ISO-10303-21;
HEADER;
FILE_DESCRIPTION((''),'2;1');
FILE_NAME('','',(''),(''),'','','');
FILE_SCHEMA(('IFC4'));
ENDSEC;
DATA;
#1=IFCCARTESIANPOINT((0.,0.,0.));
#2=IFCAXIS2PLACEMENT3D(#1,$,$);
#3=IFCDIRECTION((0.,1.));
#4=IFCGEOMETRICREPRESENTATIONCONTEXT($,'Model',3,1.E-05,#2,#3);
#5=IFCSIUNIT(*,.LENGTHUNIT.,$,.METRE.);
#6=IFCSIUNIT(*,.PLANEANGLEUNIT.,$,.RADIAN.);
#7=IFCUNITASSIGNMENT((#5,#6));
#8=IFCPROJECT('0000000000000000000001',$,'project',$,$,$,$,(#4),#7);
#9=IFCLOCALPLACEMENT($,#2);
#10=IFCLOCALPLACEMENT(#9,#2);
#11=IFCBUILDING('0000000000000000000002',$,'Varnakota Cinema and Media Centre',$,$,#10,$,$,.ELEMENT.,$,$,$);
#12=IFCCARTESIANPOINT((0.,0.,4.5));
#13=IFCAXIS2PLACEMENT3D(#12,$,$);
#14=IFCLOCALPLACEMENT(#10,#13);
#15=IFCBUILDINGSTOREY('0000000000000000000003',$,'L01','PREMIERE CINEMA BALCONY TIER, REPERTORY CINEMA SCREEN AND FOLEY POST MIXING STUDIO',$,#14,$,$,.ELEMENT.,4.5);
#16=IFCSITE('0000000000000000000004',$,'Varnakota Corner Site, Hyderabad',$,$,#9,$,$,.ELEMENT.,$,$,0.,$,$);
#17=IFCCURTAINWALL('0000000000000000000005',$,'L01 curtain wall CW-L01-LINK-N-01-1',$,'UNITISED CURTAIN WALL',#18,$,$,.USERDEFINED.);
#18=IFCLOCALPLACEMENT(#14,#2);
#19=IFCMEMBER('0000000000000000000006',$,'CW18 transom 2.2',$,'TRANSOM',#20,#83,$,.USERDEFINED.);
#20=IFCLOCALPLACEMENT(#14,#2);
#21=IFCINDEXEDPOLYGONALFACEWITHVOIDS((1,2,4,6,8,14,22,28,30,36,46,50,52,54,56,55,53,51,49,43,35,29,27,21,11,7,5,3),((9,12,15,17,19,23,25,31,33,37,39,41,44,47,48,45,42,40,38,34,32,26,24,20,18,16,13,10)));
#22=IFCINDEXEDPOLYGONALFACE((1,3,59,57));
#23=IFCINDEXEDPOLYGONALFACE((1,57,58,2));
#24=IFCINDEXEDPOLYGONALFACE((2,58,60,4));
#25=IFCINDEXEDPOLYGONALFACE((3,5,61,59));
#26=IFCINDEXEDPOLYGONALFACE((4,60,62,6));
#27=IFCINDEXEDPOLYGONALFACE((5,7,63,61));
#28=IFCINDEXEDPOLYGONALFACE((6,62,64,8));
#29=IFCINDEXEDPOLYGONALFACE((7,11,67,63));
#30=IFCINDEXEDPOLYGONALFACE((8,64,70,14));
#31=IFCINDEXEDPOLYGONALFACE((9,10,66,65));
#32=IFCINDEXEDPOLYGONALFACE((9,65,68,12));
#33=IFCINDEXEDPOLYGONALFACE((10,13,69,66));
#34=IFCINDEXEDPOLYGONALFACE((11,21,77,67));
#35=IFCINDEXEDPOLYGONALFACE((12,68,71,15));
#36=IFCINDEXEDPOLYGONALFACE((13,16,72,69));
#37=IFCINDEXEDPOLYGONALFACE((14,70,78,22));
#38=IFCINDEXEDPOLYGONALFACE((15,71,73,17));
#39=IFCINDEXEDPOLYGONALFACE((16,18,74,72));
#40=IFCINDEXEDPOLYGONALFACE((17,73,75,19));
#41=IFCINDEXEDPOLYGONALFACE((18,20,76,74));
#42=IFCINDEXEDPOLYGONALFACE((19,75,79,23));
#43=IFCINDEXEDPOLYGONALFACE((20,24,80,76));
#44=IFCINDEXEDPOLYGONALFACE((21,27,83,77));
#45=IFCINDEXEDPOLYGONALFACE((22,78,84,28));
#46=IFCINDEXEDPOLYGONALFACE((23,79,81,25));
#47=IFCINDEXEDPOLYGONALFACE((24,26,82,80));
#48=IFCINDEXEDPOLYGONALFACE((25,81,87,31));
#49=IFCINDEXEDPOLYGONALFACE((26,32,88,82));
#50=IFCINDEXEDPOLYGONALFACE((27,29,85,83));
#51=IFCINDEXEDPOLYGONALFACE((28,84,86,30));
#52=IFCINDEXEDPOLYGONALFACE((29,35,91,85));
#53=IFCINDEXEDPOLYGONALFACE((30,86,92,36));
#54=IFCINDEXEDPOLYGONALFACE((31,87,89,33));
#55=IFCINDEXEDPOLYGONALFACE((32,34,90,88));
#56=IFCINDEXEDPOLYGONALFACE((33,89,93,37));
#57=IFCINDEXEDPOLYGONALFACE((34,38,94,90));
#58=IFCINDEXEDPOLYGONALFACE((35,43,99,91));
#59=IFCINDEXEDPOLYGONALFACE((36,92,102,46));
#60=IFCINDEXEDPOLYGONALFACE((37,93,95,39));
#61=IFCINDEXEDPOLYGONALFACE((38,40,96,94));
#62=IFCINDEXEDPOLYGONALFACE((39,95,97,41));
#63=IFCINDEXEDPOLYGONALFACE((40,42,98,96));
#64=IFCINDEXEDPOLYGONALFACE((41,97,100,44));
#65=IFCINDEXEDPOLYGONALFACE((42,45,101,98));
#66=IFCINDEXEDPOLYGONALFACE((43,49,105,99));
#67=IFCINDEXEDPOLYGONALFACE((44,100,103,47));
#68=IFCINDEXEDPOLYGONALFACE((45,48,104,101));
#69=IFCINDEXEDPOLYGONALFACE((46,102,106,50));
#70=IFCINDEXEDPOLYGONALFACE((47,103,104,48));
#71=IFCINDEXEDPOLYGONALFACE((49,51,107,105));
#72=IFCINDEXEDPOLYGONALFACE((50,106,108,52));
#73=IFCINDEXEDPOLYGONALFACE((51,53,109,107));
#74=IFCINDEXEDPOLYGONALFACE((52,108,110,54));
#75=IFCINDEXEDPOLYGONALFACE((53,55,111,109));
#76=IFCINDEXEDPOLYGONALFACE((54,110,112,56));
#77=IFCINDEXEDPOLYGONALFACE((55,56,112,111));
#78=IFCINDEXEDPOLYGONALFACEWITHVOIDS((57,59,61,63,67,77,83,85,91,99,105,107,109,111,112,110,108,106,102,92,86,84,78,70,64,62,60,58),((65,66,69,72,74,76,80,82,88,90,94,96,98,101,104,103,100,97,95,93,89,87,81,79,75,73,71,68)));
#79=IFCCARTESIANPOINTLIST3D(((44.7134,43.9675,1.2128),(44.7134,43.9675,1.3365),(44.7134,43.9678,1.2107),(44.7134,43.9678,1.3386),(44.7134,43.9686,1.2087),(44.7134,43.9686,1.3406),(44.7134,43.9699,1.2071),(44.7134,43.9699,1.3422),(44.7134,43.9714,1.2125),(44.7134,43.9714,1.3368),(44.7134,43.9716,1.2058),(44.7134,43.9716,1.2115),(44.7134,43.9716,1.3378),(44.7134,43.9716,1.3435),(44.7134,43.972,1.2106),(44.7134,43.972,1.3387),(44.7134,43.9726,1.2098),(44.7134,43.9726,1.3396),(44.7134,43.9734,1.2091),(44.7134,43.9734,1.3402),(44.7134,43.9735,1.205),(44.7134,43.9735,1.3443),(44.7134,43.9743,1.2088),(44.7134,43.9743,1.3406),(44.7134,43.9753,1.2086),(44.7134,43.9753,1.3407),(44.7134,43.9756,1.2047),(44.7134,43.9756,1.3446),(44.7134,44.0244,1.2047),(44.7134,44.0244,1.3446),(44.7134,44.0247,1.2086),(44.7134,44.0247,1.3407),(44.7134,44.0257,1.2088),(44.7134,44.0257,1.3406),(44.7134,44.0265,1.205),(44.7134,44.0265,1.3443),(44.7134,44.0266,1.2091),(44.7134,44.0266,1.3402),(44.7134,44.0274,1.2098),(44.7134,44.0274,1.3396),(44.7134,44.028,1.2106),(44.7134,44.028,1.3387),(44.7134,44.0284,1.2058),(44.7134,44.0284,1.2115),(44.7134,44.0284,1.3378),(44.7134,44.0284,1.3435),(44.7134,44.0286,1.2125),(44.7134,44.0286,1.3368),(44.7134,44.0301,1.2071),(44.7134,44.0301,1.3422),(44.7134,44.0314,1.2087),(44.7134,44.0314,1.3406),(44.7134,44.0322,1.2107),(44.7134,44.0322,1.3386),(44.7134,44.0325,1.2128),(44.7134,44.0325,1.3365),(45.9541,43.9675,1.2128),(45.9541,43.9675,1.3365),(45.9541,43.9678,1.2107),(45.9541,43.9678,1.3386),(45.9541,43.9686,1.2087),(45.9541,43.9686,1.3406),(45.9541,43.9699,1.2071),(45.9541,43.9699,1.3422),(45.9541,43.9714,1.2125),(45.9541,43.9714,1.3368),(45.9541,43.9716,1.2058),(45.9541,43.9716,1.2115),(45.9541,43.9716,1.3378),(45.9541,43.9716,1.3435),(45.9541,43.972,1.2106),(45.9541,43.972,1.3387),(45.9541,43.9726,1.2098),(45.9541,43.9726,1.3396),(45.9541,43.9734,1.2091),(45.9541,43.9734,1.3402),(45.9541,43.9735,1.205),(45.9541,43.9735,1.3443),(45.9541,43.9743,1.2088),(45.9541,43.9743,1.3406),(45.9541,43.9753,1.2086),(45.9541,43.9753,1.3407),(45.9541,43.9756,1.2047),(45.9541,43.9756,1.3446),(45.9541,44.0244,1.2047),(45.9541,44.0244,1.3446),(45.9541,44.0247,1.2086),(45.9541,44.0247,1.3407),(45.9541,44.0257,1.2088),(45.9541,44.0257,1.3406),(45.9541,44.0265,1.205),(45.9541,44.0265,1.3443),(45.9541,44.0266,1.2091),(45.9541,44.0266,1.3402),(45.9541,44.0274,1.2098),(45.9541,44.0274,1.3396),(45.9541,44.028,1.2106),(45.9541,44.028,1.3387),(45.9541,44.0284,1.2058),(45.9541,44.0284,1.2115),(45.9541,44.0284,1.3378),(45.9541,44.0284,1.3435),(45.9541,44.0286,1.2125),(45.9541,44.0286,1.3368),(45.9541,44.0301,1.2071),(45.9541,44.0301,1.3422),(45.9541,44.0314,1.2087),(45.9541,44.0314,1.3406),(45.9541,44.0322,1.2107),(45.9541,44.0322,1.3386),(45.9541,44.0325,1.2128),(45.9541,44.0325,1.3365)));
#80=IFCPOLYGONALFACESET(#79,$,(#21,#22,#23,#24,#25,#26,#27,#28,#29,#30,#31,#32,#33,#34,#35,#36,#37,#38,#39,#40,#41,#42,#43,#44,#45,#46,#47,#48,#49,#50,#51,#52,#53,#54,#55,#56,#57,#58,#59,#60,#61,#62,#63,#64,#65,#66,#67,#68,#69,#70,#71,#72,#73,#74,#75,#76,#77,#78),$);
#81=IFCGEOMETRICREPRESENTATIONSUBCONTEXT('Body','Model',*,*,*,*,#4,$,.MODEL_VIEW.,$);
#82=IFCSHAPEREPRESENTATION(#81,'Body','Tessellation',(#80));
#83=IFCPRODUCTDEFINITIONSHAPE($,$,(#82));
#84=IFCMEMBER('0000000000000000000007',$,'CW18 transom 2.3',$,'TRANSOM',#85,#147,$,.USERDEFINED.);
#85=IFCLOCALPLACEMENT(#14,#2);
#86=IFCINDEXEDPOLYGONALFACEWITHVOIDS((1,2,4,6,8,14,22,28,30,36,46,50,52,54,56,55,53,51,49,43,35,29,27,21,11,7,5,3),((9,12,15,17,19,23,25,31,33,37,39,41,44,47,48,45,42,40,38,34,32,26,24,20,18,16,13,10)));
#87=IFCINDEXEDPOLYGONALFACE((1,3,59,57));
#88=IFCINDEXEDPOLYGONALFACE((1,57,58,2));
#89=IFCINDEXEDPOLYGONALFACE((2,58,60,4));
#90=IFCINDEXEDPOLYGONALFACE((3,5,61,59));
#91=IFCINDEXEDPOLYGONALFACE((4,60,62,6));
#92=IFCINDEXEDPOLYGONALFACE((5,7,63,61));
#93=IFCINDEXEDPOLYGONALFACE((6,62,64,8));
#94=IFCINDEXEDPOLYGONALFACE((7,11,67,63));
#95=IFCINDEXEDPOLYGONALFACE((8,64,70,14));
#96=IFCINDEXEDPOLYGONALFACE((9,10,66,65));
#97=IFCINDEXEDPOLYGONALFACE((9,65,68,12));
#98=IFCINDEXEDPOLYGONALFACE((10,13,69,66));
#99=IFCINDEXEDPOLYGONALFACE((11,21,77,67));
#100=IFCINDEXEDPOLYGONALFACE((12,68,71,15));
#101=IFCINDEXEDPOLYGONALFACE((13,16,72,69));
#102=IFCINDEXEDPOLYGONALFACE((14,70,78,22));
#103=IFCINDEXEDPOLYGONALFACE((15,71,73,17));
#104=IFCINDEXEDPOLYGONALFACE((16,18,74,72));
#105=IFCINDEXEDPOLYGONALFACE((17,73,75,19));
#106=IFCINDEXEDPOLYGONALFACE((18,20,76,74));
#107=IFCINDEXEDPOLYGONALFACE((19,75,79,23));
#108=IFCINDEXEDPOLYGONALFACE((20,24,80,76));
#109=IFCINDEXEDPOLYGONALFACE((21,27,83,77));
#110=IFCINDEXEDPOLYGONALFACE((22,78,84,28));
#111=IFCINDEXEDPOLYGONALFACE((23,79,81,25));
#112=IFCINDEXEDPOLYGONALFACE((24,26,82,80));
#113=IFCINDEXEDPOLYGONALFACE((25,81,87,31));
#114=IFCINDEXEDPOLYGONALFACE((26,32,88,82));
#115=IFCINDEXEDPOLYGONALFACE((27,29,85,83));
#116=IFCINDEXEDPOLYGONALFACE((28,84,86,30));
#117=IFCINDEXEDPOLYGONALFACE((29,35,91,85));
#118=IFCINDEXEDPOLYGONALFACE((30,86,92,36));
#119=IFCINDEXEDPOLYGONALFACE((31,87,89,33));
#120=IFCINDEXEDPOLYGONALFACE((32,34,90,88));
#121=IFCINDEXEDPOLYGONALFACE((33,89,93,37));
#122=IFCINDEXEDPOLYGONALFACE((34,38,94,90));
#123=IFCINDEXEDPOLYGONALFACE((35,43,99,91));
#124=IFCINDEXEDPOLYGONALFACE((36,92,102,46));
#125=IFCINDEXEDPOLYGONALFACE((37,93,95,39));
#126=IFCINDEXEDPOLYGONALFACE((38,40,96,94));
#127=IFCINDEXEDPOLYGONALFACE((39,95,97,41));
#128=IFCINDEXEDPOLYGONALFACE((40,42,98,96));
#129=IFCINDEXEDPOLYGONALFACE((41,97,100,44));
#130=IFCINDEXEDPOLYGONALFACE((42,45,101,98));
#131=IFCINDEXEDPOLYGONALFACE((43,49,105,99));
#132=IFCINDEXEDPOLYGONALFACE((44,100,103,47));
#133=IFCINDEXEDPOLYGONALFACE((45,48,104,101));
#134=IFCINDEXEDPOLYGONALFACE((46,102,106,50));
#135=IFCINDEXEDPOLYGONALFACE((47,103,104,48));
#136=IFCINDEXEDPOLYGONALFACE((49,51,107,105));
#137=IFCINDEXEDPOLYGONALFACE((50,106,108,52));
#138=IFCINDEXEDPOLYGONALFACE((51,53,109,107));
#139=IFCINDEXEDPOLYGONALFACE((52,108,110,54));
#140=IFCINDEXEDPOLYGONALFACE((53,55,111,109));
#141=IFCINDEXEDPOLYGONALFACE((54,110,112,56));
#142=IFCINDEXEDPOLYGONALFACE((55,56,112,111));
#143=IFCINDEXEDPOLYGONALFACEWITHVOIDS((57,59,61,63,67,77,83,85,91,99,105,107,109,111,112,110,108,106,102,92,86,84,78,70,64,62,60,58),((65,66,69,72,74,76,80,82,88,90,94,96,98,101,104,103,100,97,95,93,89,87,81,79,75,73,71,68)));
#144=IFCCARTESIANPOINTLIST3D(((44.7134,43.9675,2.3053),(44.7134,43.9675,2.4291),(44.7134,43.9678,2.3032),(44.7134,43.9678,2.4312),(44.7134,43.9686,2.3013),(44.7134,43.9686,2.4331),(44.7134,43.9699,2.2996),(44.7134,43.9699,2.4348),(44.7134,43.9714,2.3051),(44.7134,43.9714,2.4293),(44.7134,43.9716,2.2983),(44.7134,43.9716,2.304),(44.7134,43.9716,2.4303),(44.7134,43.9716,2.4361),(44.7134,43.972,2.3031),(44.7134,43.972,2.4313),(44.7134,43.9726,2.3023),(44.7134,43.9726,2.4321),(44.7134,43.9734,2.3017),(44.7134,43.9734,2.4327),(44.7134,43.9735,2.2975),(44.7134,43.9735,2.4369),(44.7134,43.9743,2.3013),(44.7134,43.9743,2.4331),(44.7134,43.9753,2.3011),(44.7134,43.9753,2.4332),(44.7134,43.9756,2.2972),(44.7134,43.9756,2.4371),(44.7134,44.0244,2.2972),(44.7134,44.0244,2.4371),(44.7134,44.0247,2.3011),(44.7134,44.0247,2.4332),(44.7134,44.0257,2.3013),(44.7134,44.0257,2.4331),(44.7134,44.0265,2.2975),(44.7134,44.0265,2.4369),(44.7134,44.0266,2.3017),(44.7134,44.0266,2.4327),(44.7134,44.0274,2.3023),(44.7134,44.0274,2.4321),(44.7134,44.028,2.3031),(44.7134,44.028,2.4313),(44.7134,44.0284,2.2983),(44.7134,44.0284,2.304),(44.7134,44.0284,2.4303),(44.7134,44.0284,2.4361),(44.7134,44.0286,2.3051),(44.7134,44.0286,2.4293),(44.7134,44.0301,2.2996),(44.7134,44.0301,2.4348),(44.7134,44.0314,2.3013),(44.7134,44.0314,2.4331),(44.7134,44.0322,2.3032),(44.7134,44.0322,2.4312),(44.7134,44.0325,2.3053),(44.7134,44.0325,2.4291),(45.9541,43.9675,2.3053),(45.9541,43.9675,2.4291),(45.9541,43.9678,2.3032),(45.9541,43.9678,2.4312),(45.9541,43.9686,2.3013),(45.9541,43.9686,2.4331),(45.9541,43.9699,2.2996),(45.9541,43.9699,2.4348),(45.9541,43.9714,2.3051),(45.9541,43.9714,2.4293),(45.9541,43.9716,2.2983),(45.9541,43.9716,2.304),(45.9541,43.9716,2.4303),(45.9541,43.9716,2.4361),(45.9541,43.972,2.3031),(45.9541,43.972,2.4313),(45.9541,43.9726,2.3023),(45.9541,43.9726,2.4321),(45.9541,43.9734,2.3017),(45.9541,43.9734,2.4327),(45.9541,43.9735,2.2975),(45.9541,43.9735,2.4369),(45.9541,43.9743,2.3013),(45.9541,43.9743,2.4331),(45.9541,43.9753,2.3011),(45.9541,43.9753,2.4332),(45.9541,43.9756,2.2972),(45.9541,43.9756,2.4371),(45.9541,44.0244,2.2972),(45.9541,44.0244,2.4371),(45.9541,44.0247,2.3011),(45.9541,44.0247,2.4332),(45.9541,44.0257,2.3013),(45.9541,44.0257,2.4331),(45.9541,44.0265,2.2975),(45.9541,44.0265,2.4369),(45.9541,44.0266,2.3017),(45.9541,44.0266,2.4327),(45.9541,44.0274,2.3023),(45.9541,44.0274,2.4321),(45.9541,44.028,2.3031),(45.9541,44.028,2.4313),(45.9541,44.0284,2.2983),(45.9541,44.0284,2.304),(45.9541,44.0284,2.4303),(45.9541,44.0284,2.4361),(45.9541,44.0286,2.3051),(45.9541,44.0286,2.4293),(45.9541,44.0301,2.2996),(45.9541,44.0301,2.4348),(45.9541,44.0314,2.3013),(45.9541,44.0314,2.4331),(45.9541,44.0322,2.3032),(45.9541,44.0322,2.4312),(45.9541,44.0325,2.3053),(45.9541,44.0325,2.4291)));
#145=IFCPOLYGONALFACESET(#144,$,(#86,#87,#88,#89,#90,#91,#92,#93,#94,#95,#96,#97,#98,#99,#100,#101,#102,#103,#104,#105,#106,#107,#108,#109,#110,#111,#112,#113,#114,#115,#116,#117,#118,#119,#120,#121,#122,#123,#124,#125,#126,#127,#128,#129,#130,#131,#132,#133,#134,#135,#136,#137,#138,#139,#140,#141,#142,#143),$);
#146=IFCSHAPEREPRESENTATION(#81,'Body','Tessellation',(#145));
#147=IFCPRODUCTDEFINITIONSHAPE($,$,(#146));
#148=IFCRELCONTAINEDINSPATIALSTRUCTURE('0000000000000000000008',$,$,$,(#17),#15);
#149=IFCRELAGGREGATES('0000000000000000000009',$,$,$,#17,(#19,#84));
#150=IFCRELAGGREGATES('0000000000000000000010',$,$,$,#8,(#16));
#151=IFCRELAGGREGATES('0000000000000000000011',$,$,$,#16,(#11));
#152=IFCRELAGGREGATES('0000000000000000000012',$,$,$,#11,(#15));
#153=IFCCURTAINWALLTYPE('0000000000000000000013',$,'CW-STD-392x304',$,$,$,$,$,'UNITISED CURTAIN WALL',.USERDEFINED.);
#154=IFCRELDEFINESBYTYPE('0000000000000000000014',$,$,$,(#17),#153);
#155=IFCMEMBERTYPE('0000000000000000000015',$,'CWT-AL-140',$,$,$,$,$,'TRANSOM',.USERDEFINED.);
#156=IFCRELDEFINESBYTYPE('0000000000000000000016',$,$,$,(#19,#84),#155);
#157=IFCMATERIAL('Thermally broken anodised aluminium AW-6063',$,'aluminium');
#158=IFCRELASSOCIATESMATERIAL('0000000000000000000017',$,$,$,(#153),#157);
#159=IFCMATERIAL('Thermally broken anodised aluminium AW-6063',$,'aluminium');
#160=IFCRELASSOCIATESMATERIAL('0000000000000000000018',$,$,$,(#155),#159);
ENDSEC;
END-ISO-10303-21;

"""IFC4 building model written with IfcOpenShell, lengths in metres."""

from ifc_helpers import new_model, si_unit, direction, frame, origin, origin_2d, place, context, subcontext, project, spatial, hollow_rectangle, extrude, material, material_profile, profile_set, type_object, element, aggregate, save


model = new_model("IFC4")

# Units and contexts
model_context = context("Model", 3, precision=1e-05, world=origin(), true_north=direction((0.0, 1.0)))
body_context = subcontext(model_context, "Body", "Model", "MODEL_VIEW")
ifc_project = project(units=[si_unit("LENGTHUNIT", "METRE"), si_unit("PLANEANGLEUNIT", "RADIAN")], contexts=[model_context])

# Site, building, storey
site_placement = place(None, origin())
site = spatial("IfcSite", under=ifc_project, at=site_placement, Name="Varnakota Corner Site, Hyderabad", CompositionType="ELEMENT", RefElevation=0.0)
building_placement = place(site_placement, origin())
building = spatial("IfcBuilding", under=site, at=building_placement, Name="Varnakota Cinema and Media Centre", CompositionType="ELEMENT")
storey_placement = place(building_placement, frame((0.0, 0.0, 4.5)))
storey = spatial("IfcBuildingStorey", under=building, at=storey_placement, Name="L01", Description="PREMIERE CINEMA BALCONY TIER, REPERTORY CINEMA SCREEN AND FOLEY POST MIXING STUDIO", CompositionType="ELEMENT", Elevation=4.5)

# Curtain wall
ifc_material_1 = material(Name="Thermally broken anodised aluminium AW-6063", Category="aluminium")
curtain_wall_type_1 = type_object("IfcCurtainWallType", Name="CW-STD-392x304", ElementType="UNITISED CURTAIN WALL", PredefinedType="USERDEFINED", material=ifc_material_1)
curtain_wall_1_placement = place(storey_placement, origin())
curtain_wall_1 = element("IfcCurtainWall", 1, at=curtain_wall_1_placement, inside=storey, type_object=curtain_wall_type_1, Name="L01 curtain wall CW-L01-LINK-N-01-1", ObjectType="UNITISED CURTAIN WALL", PredefinedType="USERDEFINED")

# Members
ifc_material_2 = material(Name="Thermally broken anodised aluminium AW-6063", Category="aluminium")
ifc_material_profile_1 = material_profile(ifc_material_2, hollow_rectangle(XDim=0.0649, YDim=0.1399, WallThickness=0.0039, InnerFilletRadius=0.0039, OuterFilletRadius=0.0081, at=origin_2d()), Name="AL-TRANSOM 140x65x4")
ifc_profile_set_1 = profile_set([ifc_material_profile_1], Name="Thermally broken anodised aluminium AW-6063")
member_type_1 = type_object("IfcMemberType", Name="CWT-AL-140", ElementType="TRANSOM", PredefinedType="USERDEFINED", material=ifc_profile_set_1)
member_1_placement = place(storey_placement, frame((44.7134, 44.0, 1.2747), z_axis=(1.0, 0.0, 0.0), x_axis=(0.0, 1.0, 0.0)))
member_1 = element("IfcMember", 2, at=member_1_placement, type_object=member_type_1, Name="CW18 transom 2.2", ObjectType="TRANSOM", PredefinedType="USERDEFINED", context=body_context, shape_type="SweptSolid", body=[
    extrude(hollow_rectangle(XDim=0.0649, YDim=0.1399, WallThickness=0.0039, InnerFilletRadius=0.0039, OuterFilletRadius=0.0081, at=origin_2d()), origin(), (0.0, 0.0, 1.0), 1.2407),
])
member_2_placement = place(storey_placement, frame((44.7134, 44.0, 2.3672), z_axis=(1.0, 0.0, 0.0), x_axis=(0.0, 1.0, 0.0)))
member_2 = element("IfcMember", 3, at=member_2_placement, type_object=member_type_1, Name="CW18 transom 2.3", ObjectType="TRANSOM", PredefinedType="USERDEFINED", context=body_context, shape_type="SweptSolid", body=[
    extrude(hollow_rectangle(XDim=0.0649, YDim=0.1399, WallThickness=0.0039, InnerFilletRadius=0.0039, OuterFilletRadius=0.0081, at=origin_2d()), origin(), (0.0, 0.0, 1.0), 1.2407),
])

aggregate(curtain_wall_1, [member_1, member_2])

save(model, "model.ifc")
